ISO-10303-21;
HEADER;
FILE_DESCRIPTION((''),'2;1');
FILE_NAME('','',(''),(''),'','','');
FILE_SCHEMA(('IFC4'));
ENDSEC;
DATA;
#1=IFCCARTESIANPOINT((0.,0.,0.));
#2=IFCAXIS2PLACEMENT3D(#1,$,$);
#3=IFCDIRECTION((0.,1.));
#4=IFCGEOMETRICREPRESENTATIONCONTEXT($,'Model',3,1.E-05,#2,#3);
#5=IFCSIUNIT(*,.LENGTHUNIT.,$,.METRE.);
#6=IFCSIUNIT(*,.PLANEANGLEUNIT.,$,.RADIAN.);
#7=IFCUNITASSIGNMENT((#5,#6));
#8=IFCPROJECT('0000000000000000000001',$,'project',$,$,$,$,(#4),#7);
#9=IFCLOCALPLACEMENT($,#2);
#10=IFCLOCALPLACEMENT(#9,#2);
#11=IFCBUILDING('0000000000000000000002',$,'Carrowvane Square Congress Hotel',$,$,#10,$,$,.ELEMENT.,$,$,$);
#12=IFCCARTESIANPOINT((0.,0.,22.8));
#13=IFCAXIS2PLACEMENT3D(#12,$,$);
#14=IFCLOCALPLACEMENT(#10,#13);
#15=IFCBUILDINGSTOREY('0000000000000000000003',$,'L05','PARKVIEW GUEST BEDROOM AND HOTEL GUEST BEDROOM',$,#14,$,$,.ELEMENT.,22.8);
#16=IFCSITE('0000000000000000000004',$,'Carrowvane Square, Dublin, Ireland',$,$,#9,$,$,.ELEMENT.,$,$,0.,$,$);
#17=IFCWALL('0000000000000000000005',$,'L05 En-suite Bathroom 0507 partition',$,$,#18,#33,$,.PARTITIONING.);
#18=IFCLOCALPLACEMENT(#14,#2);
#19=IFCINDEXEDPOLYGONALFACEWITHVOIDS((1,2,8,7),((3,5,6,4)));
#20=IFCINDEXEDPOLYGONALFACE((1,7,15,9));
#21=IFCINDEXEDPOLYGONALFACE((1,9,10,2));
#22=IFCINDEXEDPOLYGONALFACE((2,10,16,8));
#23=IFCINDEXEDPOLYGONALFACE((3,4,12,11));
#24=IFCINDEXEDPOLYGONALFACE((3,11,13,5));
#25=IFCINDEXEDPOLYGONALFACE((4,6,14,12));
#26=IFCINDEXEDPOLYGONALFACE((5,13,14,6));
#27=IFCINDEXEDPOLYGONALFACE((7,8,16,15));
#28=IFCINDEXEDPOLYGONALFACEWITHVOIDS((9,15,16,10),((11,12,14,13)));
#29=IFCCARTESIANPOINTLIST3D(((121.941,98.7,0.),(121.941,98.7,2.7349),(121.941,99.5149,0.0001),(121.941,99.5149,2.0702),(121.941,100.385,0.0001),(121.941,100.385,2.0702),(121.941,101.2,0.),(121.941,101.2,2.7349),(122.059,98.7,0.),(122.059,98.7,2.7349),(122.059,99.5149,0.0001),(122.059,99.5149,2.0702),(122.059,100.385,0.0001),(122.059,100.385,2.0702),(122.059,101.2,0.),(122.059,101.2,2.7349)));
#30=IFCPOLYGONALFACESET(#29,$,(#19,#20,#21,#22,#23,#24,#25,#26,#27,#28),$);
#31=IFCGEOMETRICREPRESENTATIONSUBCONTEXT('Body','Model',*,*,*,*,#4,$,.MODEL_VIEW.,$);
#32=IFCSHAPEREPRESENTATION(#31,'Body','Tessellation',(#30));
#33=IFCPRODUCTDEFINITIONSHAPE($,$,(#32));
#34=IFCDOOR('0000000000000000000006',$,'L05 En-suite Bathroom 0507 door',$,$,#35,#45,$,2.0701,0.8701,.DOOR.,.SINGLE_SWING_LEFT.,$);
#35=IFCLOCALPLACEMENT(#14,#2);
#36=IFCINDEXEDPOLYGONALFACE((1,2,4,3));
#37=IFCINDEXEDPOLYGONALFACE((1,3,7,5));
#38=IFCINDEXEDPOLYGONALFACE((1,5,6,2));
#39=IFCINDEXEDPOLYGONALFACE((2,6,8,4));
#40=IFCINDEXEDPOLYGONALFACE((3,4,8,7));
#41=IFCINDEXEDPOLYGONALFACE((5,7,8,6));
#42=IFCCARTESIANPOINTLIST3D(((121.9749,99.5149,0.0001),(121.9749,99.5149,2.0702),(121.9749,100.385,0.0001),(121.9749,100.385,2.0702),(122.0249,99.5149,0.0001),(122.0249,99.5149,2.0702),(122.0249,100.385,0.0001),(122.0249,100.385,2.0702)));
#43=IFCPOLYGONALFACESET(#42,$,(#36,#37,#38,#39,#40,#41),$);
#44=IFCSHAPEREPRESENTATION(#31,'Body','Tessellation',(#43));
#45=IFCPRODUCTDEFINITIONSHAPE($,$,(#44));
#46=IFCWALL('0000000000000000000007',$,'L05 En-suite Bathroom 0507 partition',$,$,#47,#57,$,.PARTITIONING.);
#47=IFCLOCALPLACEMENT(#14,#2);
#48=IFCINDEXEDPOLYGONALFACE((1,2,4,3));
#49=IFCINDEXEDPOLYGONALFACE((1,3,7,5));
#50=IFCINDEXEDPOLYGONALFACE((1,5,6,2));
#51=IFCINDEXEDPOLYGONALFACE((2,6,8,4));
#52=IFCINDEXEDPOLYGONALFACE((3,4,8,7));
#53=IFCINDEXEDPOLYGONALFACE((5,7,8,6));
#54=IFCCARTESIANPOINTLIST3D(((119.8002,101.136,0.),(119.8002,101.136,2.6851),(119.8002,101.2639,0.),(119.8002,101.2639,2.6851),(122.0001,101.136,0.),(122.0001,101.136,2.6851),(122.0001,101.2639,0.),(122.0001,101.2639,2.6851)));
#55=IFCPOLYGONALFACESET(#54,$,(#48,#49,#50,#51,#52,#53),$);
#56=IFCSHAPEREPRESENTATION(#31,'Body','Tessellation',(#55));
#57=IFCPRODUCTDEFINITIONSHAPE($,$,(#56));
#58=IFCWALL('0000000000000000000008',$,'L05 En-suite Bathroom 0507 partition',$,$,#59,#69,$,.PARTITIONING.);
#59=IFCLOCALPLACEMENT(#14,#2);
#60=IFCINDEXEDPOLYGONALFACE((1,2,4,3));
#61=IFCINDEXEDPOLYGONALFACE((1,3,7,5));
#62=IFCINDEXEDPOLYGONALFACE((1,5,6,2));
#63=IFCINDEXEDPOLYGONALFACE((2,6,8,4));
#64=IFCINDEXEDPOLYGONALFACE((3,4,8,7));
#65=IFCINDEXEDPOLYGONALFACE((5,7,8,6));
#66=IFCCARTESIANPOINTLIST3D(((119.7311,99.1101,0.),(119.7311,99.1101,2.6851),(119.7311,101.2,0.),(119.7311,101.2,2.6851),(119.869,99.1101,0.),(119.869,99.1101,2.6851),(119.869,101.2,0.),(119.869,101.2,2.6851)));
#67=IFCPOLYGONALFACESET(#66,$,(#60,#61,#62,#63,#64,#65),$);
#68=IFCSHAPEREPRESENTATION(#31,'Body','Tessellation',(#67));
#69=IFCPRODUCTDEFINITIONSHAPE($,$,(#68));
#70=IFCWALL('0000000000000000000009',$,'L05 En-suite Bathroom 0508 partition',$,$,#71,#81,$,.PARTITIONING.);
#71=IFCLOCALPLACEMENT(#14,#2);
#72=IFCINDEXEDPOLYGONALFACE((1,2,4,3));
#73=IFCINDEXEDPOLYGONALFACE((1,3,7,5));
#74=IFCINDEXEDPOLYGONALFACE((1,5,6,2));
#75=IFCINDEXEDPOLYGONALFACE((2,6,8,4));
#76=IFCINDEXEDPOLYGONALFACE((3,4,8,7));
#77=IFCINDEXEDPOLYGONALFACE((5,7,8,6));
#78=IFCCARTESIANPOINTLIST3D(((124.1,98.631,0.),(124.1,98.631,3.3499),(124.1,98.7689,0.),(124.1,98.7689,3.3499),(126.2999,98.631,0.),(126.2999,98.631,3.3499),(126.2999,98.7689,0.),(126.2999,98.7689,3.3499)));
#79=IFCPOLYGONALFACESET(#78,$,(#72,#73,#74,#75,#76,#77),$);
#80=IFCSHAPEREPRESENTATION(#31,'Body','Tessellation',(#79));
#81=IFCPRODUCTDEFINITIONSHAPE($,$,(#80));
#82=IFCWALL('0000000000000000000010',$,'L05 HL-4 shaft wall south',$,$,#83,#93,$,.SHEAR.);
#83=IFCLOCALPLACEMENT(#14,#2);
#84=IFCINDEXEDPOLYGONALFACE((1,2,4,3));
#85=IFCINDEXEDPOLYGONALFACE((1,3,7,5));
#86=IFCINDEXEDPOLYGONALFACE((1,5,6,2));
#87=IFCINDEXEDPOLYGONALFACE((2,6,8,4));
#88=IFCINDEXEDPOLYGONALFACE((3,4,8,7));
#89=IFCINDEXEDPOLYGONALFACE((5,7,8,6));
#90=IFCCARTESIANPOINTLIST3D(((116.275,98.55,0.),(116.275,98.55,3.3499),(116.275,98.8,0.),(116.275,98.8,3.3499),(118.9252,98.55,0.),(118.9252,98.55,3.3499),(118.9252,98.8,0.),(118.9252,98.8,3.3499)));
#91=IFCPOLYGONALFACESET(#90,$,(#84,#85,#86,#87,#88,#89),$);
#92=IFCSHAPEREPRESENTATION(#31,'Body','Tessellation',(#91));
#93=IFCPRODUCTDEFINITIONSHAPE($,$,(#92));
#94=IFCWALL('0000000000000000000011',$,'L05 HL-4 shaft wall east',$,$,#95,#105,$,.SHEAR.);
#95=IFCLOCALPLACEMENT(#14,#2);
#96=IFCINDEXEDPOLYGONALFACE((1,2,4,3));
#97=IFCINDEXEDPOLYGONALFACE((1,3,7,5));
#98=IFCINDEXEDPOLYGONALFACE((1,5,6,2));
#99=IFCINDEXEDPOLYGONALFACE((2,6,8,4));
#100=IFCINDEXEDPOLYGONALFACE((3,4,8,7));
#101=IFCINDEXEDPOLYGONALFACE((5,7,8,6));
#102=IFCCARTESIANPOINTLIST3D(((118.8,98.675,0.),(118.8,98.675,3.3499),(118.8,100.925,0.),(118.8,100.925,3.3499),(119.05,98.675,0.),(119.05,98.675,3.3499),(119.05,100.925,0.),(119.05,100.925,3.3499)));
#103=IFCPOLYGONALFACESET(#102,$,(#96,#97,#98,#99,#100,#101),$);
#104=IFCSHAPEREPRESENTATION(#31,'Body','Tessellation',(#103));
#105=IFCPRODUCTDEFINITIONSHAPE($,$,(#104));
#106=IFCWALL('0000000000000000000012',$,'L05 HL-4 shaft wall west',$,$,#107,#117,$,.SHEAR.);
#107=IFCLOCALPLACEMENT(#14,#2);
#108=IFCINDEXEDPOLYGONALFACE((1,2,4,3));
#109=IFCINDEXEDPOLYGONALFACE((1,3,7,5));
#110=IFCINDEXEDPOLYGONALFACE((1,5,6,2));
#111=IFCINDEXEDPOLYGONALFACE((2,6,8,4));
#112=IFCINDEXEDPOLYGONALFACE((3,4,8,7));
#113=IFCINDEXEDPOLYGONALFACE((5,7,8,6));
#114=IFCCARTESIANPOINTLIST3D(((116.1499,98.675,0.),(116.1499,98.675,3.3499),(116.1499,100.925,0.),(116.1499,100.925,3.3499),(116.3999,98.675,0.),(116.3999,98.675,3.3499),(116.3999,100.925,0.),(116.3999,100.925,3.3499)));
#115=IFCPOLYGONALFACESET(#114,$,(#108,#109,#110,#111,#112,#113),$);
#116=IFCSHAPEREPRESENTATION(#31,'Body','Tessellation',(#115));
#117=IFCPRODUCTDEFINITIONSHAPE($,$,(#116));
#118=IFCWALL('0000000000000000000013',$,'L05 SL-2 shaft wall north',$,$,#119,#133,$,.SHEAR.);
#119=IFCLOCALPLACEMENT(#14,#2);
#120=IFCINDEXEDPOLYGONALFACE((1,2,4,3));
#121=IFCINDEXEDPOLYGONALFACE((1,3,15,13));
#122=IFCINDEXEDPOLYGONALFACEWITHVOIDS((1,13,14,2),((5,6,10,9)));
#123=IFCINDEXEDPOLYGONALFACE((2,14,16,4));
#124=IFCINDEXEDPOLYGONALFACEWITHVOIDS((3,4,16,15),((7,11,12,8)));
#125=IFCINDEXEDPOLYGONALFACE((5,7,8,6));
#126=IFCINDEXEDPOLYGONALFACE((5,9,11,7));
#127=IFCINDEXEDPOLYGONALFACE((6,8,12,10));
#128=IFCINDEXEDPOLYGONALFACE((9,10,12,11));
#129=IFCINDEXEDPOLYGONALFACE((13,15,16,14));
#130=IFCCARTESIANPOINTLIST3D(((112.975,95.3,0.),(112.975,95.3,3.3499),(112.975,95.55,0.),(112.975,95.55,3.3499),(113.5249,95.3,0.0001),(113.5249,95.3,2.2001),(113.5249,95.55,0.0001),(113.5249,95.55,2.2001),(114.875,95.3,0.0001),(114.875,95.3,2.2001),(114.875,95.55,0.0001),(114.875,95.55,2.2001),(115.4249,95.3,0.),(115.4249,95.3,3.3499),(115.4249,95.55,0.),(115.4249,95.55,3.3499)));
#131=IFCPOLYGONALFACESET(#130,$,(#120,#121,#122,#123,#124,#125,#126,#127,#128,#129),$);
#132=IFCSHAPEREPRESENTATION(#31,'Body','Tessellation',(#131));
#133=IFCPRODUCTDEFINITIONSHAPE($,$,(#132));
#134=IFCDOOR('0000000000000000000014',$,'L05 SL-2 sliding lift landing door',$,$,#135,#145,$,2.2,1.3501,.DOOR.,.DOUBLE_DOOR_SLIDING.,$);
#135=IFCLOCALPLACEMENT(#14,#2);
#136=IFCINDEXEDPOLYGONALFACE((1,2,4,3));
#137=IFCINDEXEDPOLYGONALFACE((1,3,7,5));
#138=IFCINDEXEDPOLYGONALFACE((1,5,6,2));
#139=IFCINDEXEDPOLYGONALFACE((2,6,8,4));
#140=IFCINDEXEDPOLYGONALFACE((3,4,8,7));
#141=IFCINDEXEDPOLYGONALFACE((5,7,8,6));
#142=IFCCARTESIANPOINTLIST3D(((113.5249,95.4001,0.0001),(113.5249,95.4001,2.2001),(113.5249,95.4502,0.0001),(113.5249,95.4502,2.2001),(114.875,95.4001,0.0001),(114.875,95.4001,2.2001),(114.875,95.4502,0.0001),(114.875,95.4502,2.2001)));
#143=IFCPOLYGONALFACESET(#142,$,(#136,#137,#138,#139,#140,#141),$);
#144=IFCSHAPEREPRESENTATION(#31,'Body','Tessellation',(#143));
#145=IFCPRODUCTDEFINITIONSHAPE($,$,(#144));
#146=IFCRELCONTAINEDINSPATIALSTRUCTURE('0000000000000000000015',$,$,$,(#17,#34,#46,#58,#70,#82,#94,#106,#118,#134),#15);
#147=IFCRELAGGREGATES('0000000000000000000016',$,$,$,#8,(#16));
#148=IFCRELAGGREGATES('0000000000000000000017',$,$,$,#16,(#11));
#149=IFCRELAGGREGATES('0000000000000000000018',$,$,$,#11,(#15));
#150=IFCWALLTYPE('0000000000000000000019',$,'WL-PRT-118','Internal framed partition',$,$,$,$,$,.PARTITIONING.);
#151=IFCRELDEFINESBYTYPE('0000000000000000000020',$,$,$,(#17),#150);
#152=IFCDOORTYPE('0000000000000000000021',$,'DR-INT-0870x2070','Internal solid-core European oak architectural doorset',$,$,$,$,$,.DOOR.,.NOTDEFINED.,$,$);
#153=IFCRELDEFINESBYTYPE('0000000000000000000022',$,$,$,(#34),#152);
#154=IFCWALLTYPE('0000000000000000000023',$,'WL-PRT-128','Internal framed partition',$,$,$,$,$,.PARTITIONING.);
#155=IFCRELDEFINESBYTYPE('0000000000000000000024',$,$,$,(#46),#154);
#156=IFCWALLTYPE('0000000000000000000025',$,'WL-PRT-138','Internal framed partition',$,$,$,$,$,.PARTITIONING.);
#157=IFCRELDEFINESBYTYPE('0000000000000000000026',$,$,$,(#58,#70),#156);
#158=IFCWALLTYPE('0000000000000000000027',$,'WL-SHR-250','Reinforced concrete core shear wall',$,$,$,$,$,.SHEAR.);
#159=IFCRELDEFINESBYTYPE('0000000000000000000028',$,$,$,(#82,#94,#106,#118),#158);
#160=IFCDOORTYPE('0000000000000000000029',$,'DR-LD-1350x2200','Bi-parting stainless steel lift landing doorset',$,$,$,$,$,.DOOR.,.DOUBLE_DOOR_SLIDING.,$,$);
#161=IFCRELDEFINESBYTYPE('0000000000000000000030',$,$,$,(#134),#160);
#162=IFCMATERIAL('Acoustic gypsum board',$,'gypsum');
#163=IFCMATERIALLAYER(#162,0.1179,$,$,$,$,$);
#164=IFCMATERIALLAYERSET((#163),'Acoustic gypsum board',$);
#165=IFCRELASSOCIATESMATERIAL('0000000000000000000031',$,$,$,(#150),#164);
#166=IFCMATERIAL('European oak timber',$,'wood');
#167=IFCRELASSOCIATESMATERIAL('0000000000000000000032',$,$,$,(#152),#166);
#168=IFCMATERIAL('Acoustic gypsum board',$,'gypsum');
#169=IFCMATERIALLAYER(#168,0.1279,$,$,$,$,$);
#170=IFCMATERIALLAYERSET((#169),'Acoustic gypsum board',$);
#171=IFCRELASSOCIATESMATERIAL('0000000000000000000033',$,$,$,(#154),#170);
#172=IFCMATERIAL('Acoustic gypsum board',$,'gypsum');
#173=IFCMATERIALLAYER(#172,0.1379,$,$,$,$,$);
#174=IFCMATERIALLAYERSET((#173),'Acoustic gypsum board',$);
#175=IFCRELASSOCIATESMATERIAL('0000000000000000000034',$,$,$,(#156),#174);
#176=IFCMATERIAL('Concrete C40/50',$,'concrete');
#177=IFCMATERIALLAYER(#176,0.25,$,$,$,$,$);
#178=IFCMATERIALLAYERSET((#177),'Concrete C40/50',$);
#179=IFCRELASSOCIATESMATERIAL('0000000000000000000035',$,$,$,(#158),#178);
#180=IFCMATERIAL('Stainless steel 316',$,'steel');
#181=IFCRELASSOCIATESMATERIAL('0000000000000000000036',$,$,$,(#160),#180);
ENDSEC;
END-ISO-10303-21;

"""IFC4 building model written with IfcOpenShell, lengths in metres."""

from ifc_helpers import new_model, si_unit, direction, frame, frame_2d, origin, place, context, subcontext, project, spatial, rectangle, extrude, material, layer, layer_set, type_object, element, fill, save


model = new_model("IFC4")

# Units and contexts
model_context = context("Model", 3, precision=1e-05, world=origin(), true_north=direction((0.0, 1.0)))
body_context = subcontext(model_context, "Body", "Model", "MODEL_VIEW")
ifc_project = project(units=[si_unit("LENGTHUNIT", "METRE"), si_unit("PLANEANGLEUNIT", "RADIAN")], contexts=[model_context])

# Site, building, storey
site_placement = place(None, origin())
site = spatial("IfcSite", under=ifc_project, at=site_placement, Name="Carrowvane Square, Dublin, Ireland", CompositionType="ELEMENT", RefElevation=0.0)
building_placement = place(site_placement, origin())
building = spatial("IfcBuilding", under=site, at=building_placement, Name="Carrowvane Square Congress Hotel", CompositionType="ELEMENT")
storey_placement = place(building_placement, frame((0.0, 0.0, 22.8)))
storey = spatial("IfcBuildingStorey", under=building, at=storey_placement, Name="L05", Description="PARKVIEW GUEST BEDROOM AND HOTEL GUEST BEDROOM", CompositionType="ELEMENT", Elevation=22.8)

# Wall, opening, door
ifc_material_1 = material(Name="Acoustic gypsum board", Category="gypsum")
ifc_layer_1 = layer(ifc_material_1, 0.1179)
ifc_layer_set_1 = layer_set([ifc_layer_1], Name="Acoustic gypsum board")
wall_type_1 = type_object("IfcWallType", Name="WL-PRT-118", Description="Internal framed partition", PredefinedType="PARTITIONING", material=ifc_layer_set_1)
wall_1_placement = place(storey_placement, frame((122.0, 101.2, 0.0), z_axis=(0.0, 0.0, 1.0), x_axis=(0.0, -1.0, 0.0)))
wall_1 = element("IfcWall", 1, at=wall_1_placement, inside=storey, type_object=wall_type_1, Name="L05 En-suite Bathroom 0507 partition", PredefinedType="PARTITIONING", context=body_context, shape_type="SweptSolid", body=[
    extrude(rectangle(XDim=2.5, YDim=0.1179, at=frame_2d((1.25, 0.0))), origin(), (0.0, 0.0, 1.0), 2.7349),
])
opening_1_placement = place(wall_1_placement, frame((0.8149, 0.0, 0.0)))
opening_1 = element("IfcOpeningElement", 2, at=opening_1_placement, cuts=wall_1, PredefinedType="OPENING", context=body_context, shape_type="SweptSolid", body=[
    extrude(rectangle(XDim=0.8701, YDim=2.0701, at=frame_2d((0.4351, 1.0352))), frame((0.0, 0.0688, 0.0), z_axis=(0.0, -1.0, 0.0), x_axis=(1.0, 0.0, 0.0)), (0.0, 0.0, 1.0), 0.1379),
])
ifc_material_2 = material(Name="European oak timber", Category="wood")
door_type_1 = type_object("IfcDoorType", Name="DR-INT-0870x2070", Description="Internal solid-core European oak architectural doorset", OperationType="NOTDEFINED", PredefinedType="DOOR", material=ifc_material_2)
door_1_placement = place(opening_1_placement, origin())
door_1 = element("IfcDoor", 3, at=door_1_placement, inside=storey, type_object=door_type_1, Name="L05 En-suite Bathroom 0507 door", OperationType="SINGLE_SWING_LEFT", OverallHeight=2.0701, OverallWidth=0.8701, PredefinedType="DOOR", context=body_context, shape_type="SweptSolid", body=[
    extrude(rectangle(XDim=0.8701, YDim=2.0701, at=frame_2d((0.4351, 1.0352))), frame((0.0, 0.0249, 0.0), z_axis=(0.0, -1.0, 0.0), x_axis=(1.0, 0.0, 0.0)), (0.0, 0.0, 1.0), 0.05),
])
fill(opening_1, door_1)

# Walls
ifc_material_3 = material(Name="Acoustic gypsum board", Category="gypsum")
ifc_layer_2 = layer(ifc_material_3, 0.1279)
ifc_layer_set_2 = layer_set([ifc_layer_2], Name="Acoustic gypsum board")
wall_type_2 = type_object("IfcWallType", Name="WL-PRT-128", Description="Internal framed partition", PredefinedType="PARTITIONING", material=ifc_layer_set_2)
wall_2_placement = place(storey_placement, frame((119.8, 101.2, 0.0), z_axis=(0.0, 0.0, 1.0), x_axis=(1.0, 0.0, 0.0)))
element("IfcWall", 4, at=wall_2_placement, inside=storey, type_object=wall_type_2, Name="L05 En-suite Bathroom 0507 partition", PredefinedType="PARTITIONING", context=body_context, shape_type="SweptSolid", body=[
    extrude(rectangle(XDim=2.2, YDim=0.1279, at=frame_2d((1.1001, 0.0))), origin(), (0.0, 0.0, 1.0), 2.6851),
])
ifc_material_4 = material(Name="Acoustic gypsum board", Category="gypsum")
ifc_layer_3 = layer(ifc_material_4, 0.1379)
ifc_layer_set_3 = layer_set([ifc_layer_3], Name="Acoustic gypsum board")
wall_type_3 = type_object("IfcWallType", Name="WL-PRT-138", Description="Internal framed partition", PredefinedType="PARTITIONING", material=ifc_layer_set_3)
wall_3_placement = place(storey_placement, frame((119.8, 99.1101, 0.0), z_axis=(0.0, 0.0, 1.0), x_axis=(0.0, 1.0, 0.0)))
element("IfcWall", 5, at=wall_3_placement, inside=storey, type_object=wall_type_3, Name="L05 En-suite Bathroom 0507 partition", PredefinedType="PARTITIONING", context=body_context, shape_type="SweptSolid", body=[
    extrude(rectangle(XDim=2.0898, YDim=0.1379, at=frame_2d((1.0449, 0.0))), origin(), (0.0, 0.0, 1.0), 2.6851),
])
wall_4_placement = place(storey_placement, frame((126.3, 98.7, 0.0), z_axis=(0.0, 0.0, 1.0), x_axis=(-1.0, 0.0, 0.0)))
element("IfcWall", 6, at=wall_4_placement, inside=storey, type_object=wall_type_3, Name="L05 En-suite Bathroom 0508 partition", PredefinedType="PARTITIONING", context=body_context, shape_type="SweptSolid", body=[
    extrude(rectangle(XDim=2.2, YDim=0.1379, at=frame_2d((1.1001, 0.0))), origin(), (0.0, 0.0, 1.0), 3.3499),
])

# Walls
ifc_material_5 = material(Name="Concrete C40/50", Category="concrete")
ifc_layer_4 = layer(ifc_material_5, 0.25)
ifc_layer_set_4 = layer_set([ifc_layer_4], Name="Concrete C40/50")
wall_type_4 = type_object("IfcWallType", Name="WL-SHR-250", Description="Reinforced concrete core shear wall", PredefinedType="SHEAR", material=ifc_layer_set_4)
wall_5_placement = place(storey_placement, frame((116.2749, 98.675, 0.0), z_axis=(0.0, 0.0, 1.0), x_axis=(1.0, 0.0, 0.0)))
element("IfcWall", 7, at=wall_5_placement, inside=storey, type_object=wall_type_4, Name="L05 HL-4 shaft wall south", PredefinedType="SHEAR", context=body_context, shape_type="SweptSolid", body=[
    extrude(rectangle(XDim=2.6501, YDim=0.25, at=frame_2d((1.3252, 0.0))), origin(), (0.0, 0.0, 1.0), 3.3499),
])
wall_6_placement = place(storey_placement, frame((118.925, 98.675, 0.0), z_axis=(0.0, 0.0, 1.0), x_axis=(0.0, 1.0, 0.0)))
element("IfcWall", 8, at=wall_6_placement, inside=storey, type_object=wall_type_4, Name="L05 HL-4 shaft wall east", PredefinedType="SHEAR", context=body_context, shape_type="SweptSolid", body=[
    extrude(rectangle(XDim=2.25, YDim=0.25, at=frame_2d((1.125, 0.0))), origin(), (0.0, 0.0, 1.0), 3.3499),
])

# Wall
wall_7_placement = place(storey_placement, frame((116.2749, 100.925, 0.0), z_axis=(0.0, 0.0, 1.0), x_axis=(0.0, -1.0, 0.0)))
element("IfcWall", 9, at=wall_7_placement, inside=storey, type_object=wall_type_4, Name="L05 HL-4 shaft wall west", PredefinedType="SHEAR", context=body_context, shape_type="SweptSolid", body=[
    extrude(rectangle(XDim=2.25, YDim=0.25, at=frame_2d((1.125, 0.0))), origin(), (0.0, 0.0, 1.0), 3.3499),
])

# Wall, opening, door
wall_8_placement = place(storey_placement, frame((115.425, 95.425, 0.0), z_axis=(0.0, 0.0, 1.0), x_axis=(-1.0, 0.0, 0.0)))
wall_8 = element("IfcWall", 10, at=wall_8_placement, inside=storey, type_object=wall_type_4, Name="L05 SL-2 shaft wall north", PredefinedType="SHEAR", context=body_context, shape_type="SweptSolid", body=[
    extrude(rectangle(XDim=2.45, YDim=0.25, at=frame_2d((1.2251, 0.0))), origin(), (0.0, 0.0, 1.0), 3.3499),
])
opening_2_placement = place(wall_8_placement, frame((0.55, 0.0, 0.0)))
opening_2 = element("IfcOpeningElement", 11, at=opening_2_placement, cuts=wall_8, PredefinedType="OPENING", context=body_context, shape_type="SweptSolid", body=[
    extrude(rectangle(XDim=1.3501, YDim=2.2, at=frame_2d((0.675, 1.1001))), frame((0.0, 0.135, 0.0), z_axis=(0.0, -1.0, 0.0), x_axis=(1.0, 0.0, 0.0)), (0.0, 0.0, 1.0), 0.27),
])
ifc_material_6 = material(Name="Stainless steel 316", Category="steel")
door_type_2 = type_object("IfcDoorType", Name="DR-LD-1350x2200", Description="Bi-parting stainless steel lift landing doorset", OperationType="DOUBLE_DOOR_SLIDING", PredefinedType="DOOR", material=ifc_material_6)
door_2_placement = place(opening_2_placement, origin())
door_2 = element("IfcDoor", 12, at=door_2_placement, inside=storey, type_object=door_type_2, Name="L05 SL-2 sliding lift landing door", OperationType="DOUBLE_DOOR_SLIDING", OverallHeight=2.2, OverallWidth=1.3501, PredefinedType="DOOR", context=body_context, shape_type="SweptSolid", body=[
    extrude(rectangle(XDim=1.3501, YDim=2.2, at=frame_2d((0.675, 1.1001))), frame((0.0, 0.0249, 0.0), z_axis=(0.0, -1.0, 0.0), x_axis=(1.0, 0.0, 0.0)), (0.0, 0.0, 1.0), 0.05),
])
fill(opening_2, door_2)

save(model, "model.ifc")
